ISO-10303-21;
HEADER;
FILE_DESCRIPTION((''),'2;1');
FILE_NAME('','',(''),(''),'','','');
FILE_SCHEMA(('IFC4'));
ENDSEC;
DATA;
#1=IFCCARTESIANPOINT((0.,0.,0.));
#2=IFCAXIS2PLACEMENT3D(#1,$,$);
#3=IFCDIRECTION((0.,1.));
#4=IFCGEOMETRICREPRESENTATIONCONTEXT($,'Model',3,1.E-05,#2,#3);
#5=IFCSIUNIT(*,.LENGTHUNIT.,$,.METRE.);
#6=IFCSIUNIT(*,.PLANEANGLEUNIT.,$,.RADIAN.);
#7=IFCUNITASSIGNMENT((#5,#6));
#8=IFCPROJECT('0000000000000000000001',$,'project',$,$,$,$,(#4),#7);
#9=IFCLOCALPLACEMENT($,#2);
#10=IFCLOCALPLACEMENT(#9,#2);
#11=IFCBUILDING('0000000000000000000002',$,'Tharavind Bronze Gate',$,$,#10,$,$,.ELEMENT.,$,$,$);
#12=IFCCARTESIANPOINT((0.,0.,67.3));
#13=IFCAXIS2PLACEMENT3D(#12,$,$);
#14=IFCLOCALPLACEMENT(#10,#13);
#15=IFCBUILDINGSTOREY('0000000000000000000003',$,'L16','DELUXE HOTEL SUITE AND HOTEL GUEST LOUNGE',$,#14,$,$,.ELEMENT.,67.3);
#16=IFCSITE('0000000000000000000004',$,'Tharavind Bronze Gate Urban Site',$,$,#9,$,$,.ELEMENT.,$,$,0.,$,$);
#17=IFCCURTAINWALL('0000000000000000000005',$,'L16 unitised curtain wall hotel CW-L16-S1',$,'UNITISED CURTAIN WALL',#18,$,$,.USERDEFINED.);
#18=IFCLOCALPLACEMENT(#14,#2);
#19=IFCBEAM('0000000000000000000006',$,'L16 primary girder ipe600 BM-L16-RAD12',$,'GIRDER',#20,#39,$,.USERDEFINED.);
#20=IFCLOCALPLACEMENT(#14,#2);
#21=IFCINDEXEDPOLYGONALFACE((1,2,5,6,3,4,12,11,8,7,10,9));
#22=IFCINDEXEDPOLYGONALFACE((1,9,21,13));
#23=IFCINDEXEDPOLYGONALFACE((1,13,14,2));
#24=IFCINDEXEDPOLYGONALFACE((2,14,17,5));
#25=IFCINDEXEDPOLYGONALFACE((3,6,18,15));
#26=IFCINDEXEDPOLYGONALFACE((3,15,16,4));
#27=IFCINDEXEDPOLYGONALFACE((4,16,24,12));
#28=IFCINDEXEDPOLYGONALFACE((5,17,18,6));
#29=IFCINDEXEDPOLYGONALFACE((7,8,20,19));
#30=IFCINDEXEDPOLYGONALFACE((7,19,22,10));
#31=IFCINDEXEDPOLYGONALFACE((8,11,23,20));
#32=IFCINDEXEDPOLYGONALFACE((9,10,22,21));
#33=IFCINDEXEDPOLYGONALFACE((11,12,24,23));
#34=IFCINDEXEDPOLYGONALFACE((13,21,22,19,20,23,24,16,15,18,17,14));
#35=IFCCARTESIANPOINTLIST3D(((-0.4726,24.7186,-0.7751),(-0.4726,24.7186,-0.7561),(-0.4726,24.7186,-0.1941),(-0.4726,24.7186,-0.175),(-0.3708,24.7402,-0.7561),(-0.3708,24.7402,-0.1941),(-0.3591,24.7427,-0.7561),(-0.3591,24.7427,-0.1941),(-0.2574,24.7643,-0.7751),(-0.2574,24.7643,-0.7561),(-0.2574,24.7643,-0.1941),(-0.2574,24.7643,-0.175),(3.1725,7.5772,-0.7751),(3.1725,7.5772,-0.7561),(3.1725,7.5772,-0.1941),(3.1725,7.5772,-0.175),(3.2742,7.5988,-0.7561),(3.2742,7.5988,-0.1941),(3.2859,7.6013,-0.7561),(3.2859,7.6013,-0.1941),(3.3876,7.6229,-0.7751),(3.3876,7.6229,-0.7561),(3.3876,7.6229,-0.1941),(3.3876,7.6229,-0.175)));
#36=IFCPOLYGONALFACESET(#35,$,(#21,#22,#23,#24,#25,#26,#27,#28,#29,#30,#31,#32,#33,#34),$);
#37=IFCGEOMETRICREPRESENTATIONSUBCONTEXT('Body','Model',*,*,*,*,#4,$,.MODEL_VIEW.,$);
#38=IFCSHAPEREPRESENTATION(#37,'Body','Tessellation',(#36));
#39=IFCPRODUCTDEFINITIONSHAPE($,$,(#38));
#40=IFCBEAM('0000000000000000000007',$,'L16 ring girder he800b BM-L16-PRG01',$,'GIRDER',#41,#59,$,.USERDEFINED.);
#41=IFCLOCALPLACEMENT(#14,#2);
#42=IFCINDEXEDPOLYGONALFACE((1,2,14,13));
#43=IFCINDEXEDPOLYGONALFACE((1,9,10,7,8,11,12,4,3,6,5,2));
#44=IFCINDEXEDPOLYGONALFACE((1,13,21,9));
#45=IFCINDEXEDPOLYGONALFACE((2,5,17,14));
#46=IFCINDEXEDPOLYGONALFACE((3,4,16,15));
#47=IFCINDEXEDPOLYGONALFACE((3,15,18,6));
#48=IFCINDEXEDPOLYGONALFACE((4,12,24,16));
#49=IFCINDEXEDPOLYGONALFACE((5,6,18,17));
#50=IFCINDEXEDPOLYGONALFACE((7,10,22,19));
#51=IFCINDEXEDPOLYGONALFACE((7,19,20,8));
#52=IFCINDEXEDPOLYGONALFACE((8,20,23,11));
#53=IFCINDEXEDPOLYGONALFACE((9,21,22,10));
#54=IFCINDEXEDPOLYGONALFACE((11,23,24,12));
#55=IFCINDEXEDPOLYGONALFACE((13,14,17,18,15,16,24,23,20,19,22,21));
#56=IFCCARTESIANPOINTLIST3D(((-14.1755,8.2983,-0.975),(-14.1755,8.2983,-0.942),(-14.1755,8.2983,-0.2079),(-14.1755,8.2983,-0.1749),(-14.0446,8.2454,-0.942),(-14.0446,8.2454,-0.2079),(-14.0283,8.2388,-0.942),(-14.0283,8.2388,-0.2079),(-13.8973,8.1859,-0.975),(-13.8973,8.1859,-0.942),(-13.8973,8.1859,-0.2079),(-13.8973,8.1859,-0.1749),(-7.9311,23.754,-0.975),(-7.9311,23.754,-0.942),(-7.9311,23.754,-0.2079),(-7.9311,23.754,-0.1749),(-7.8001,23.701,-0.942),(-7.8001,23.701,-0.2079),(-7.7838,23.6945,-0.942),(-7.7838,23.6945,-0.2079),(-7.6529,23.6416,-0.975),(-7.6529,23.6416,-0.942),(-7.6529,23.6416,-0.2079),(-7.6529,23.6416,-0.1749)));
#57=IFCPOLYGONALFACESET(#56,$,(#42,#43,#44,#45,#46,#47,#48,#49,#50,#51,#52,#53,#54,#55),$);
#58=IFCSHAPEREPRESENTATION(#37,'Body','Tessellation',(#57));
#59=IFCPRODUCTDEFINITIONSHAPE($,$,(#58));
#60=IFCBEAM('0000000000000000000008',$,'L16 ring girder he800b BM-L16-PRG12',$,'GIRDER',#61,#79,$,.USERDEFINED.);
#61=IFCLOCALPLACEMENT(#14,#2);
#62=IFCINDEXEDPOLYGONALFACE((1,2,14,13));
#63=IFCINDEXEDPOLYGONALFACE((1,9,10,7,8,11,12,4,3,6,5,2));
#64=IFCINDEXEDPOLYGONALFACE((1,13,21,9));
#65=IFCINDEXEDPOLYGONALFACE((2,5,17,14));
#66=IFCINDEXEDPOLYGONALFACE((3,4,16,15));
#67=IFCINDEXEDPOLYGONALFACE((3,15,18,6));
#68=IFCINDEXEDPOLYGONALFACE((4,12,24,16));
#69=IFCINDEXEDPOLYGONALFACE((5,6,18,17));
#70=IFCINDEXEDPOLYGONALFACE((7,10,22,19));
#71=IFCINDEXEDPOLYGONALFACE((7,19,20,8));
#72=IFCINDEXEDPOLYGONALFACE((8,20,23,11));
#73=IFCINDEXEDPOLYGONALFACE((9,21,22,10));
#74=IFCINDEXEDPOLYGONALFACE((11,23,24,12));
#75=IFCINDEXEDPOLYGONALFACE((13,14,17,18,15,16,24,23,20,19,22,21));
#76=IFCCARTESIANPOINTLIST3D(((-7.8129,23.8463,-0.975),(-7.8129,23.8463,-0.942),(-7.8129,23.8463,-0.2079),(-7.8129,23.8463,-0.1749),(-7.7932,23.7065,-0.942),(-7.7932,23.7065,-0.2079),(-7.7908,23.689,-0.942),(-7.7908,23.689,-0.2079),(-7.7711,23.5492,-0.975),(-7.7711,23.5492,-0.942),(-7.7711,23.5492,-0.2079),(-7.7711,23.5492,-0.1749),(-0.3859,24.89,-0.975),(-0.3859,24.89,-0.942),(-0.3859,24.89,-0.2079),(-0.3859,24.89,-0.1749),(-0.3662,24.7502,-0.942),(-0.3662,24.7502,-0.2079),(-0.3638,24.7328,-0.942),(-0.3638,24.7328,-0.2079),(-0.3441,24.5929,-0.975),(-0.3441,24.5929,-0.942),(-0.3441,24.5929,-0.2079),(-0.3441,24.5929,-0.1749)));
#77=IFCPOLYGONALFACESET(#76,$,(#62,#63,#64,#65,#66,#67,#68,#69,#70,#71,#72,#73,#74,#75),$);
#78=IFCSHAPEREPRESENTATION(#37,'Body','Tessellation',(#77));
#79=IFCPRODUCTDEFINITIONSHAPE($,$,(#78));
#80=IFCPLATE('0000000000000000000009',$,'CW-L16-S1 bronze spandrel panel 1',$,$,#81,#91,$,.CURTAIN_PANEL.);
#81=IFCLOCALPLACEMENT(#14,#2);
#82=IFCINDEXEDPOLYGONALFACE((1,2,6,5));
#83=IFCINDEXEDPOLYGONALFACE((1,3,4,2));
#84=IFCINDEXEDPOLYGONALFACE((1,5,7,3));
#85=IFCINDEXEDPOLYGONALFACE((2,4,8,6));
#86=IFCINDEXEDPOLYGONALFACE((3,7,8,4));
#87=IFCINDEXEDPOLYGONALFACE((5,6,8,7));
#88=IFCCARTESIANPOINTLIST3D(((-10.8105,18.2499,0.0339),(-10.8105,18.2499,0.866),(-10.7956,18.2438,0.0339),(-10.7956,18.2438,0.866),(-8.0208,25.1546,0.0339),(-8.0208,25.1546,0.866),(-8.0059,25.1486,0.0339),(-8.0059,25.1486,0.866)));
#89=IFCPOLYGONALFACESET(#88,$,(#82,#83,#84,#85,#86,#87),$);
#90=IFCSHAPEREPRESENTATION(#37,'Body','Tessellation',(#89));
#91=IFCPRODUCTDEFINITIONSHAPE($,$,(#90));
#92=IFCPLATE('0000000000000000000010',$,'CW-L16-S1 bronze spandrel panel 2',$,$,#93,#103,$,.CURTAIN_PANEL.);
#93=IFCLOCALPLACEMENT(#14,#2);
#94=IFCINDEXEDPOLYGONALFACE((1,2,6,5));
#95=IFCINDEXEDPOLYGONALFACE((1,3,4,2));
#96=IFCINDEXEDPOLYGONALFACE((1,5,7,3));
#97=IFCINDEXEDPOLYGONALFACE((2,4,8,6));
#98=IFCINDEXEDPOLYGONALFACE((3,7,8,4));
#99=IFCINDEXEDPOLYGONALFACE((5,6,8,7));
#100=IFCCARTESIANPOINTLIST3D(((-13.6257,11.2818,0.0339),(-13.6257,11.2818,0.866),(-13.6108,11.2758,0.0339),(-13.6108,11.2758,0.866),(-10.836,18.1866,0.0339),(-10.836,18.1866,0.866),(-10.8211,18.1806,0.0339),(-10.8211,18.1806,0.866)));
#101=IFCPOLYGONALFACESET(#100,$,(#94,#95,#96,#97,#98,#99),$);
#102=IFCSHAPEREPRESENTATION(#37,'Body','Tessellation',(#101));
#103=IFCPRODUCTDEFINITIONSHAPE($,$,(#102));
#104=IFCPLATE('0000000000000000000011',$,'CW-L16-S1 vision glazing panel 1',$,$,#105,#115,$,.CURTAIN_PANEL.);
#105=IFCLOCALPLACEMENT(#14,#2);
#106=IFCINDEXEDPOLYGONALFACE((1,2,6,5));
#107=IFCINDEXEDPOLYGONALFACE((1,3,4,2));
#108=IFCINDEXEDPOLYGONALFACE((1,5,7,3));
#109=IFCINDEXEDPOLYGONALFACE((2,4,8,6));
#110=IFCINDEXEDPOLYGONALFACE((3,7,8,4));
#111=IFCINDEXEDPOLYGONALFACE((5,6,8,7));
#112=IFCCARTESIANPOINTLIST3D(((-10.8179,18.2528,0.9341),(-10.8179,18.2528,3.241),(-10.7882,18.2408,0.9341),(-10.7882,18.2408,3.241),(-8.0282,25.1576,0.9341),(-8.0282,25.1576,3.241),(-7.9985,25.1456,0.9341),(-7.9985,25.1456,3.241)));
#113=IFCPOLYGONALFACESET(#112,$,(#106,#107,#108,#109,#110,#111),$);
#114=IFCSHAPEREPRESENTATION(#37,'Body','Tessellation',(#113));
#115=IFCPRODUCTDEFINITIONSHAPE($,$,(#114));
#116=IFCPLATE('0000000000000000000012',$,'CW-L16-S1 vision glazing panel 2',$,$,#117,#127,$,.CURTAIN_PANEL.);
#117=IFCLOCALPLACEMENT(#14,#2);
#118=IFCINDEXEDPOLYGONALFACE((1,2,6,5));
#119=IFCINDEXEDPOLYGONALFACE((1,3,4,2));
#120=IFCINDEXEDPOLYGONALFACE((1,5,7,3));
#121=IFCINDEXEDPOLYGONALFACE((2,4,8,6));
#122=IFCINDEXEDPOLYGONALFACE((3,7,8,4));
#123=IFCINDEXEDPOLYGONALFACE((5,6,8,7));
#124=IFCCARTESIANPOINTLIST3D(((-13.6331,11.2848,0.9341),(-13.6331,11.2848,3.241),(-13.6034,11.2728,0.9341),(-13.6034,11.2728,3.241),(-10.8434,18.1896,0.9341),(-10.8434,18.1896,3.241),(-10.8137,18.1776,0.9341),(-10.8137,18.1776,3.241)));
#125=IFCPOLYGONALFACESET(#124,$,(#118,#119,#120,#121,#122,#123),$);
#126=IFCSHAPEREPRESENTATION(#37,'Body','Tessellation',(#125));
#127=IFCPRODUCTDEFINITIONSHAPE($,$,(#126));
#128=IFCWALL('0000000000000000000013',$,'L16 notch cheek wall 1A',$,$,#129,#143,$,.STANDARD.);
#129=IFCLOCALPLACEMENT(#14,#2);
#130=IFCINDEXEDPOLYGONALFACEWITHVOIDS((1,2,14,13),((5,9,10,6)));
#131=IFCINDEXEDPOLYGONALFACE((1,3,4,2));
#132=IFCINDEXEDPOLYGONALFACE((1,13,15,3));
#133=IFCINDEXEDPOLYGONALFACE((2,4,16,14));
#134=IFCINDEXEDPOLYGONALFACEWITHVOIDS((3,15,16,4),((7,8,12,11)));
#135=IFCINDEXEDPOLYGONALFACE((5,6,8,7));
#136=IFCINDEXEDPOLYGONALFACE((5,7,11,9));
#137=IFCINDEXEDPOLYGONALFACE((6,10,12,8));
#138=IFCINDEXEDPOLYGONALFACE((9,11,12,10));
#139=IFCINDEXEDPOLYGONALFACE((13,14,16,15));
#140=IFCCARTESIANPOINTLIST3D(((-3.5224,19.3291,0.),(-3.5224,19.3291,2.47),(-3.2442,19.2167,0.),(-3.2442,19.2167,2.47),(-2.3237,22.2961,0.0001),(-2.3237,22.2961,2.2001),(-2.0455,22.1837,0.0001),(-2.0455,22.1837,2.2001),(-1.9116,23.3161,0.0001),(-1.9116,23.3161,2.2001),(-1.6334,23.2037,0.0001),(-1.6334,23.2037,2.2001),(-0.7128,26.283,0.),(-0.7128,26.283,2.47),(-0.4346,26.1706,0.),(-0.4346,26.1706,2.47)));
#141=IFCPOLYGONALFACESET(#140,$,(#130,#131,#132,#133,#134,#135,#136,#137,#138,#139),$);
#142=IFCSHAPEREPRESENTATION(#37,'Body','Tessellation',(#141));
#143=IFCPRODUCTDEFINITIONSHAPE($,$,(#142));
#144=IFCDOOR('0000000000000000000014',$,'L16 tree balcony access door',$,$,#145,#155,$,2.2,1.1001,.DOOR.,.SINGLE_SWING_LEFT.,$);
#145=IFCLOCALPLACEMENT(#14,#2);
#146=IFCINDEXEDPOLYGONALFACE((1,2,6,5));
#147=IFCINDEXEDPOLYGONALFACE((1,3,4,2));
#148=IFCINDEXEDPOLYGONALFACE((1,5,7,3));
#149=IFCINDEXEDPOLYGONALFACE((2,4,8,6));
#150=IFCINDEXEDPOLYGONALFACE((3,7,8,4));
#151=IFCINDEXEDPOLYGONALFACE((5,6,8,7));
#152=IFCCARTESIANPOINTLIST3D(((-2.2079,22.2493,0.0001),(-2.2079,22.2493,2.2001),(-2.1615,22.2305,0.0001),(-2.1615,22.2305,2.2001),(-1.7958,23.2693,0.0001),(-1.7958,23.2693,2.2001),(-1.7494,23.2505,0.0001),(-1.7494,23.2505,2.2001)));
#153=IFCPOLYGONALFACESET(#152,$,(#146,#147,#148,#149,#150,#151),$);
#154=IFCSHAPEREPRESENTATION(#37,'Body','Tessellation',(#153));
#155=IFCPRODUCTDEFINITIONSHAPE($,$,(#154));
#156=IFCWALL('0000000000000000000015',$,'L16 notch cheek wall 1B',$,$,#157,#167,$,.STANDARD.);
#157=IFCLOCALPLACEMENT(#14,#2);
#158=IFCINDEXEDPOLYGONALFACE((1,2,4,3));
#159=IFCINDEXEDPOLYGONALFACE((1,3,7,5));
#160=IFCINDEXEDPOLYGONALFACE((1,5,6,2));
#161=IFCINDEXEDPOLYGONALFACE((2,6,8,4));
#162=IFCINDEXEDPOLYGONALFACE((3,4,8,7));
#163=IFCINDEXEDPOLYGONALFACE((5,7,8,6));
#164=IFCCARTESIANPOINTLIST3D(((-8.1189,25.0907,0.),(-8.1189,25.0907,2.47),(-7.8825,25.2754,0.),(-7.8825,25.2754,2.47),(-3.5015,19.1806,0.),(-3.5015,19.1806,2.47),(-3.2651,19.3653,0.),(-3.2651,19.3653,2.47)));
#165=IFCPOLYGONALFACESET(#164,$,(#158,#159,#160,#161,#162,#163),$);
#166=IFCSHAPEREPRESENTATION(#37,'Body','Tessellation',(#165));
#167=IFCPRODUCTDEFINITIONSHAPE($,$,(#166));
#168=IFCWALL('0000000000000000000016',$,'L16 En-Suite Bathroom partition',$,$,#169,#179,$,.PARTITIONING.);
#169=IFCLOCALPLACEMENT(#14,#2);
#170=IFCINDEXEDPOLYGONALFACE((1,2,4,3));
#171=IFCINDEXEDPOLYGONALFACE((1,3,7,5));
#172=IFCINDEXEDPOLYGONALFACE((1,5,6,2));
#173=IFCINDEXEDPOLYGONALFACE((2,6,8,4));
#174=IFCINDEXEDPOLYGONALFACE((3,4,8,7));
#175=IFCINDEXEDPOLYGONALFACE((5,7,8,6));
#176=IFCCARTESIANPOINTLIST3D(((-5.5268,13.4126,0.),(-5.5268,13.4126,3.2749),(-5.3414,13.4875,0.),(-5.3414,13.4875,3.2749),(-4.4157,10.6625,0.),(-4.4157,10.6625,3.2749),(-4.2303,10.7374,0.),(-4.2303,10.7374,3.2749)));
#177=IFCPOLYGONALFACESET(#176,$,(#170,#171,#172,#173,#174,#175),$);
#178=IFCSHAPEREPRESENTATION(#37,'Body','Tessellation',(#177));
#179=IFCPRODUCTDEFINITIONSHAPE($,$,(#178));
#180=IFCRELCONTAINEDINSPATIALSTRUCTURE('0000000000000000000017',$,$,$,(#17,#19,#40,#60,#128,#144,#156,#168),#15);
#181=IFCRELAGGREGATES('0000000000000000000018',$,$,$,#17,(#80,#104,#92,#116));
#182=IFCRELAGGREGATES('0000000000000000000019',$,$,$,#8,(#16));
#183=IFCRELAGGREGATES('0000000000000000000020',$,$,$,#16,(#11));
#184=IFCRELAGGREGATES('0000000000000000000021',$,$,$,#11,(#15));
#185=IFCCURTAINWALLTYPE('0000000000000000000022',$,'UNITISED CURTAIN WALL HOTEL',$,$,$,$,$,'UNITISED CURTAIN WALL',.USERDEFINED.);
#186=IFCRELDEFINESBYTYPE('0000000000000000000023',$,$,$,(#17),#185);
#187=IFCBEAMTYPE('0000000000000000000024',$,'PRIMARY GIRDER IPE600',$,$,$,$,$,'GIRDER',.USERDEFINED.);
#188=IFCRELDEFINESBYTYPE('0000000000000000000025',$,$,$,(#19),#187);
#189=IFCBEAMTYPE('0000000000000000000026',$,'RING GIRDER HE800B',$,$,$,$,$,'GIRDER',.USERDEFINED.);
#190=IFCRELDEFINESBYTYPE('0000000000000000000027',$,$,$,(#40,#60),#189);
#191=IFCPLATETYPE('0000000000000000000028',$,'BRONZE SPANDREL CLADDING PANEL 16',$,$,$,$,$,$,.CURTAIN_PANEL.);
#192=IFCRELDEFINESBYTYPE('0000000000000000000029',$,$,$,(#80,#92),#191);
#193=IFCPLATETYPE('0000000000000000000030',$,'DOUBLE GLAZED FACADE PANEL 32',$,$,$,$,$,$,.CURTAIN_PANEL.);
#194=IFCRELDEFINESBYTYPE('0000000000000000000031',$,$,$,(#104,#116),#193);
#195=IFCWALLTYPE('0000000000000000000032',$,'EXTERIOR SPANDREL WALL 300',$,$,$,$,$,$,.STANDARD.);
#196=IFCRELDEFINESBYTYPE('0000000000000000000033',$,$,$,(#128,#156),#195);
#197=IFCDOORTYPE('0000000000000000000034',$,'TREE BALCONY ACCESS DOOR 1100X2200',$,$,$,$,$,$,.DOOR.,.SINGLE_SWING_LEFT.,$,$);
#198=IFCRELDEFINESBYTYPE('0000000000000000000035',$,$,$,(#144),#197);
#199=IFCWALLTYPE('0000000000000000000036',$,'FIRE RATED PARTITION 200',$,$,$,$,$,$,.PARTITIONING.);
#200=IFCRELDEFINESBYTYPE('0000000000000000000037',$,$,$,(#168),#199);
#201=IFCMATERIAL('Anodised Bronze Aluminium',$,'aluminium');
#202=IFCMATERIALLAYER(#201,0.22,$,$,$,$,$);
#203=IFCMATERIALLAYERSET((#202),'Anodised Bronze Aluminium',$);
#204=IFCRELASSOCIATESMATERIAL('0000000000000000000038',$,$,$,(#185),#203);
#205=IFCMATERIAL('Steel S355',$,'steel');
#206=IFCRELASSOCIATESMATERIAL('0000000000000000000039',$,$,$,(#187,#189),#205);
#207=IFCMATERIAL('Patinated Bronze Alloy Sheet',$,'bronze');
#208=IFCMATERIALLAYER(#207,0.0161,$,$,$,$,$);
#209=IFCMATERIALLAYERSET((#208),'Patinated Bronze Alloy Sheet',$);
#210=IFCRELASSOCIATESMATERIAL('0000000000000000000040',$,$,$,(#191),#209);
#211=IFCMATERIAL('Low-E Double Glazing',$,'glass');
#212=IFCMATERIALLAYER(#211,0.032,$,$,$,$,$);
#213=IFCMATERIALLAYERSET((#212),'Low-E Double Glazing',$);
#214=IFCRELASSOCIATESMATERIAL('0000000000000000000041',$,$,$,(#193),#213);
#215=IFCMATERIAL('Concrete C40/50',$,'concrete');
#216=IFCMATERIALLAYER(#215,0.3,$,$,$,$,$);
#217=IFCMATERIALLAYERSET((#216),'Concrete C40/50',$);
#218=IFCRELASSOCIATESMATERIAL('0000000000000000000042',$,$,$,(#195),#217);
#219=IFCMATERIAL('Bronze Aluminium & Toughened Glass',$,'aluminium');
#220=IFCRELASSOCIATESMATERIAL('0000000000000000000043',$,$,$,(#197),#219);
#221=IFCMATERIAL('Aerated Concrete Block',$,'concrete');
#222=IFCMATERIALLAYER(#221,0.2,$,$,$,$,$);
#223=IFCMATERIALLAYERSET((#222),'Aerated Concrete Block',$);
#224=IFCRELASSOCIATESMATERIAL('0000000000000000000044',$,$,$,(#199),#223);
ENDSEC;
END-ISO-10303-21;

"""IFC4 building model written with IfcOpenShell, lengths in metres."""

from ifc_helpers import new_model, si_unit, direction, frame, frame_2d, origin, origin_2d, place, context, subcontext, project, spatial, rectangle, i_section, extrude, material, layer, layer_set, material_profile, profile_set, type_object, element, fill, aggregate, save


model = new_model("IFC4")

# Units and contexts
model_context = context("Model", 3, precision=1e-05, world=origin(), true_north=direction((0.0, 1.0)))
body_context = subcontext(model_context, "Body", "Model", "MODEL_VIEW")
ifc_project = project(units=[si_unit("LENGTHUNIT", "METRE"), si_unit("PLANEANGLEUNIT", "RADIAN")], contexts=[model_context])

# Site, building, storey
site_placement = place(None, origin())
site = spatial("IfcSite", under=ifc_project, at=site_placement, Name="Tharavind Bronze Gate Urban Site", CompositionType="ELEMENT", RefElevation=0.0)
building_placement = place(site_placement, origin())
building = spatial("IfcBuilding", under=site, at=building_placement, Name="Tharavind Bronze Gate", CompositionType="ELEMENT")
storey_placement = place(building_placement, frame((0.0, 0.0, 67.3)))
storey = spatial("IfcBuildingStorey", under=building, at=storey_placement, Name="L16", Description="DELUXE HOTEL SUITE AND HOTEL GUEST LOUNGE", CompositionType="ELEMENT", Elevation=67.3)

# Curtain wall
ifc_material_1 = material(Name="Anodised Bronze Aluminium", Category="aluminium")
ifc_layer_1 = layer(ifc_material_1, 0.22)
ifc_layer_set_1 = layer_set([ifc_layer_1], Name="Anodised Bronze Aluminium")
curtain_wall_type = type_object("IfcCurtainWallType", Name="UNITISED CURTAIN WALL HOTEL", ElementType="UNITISED CURTAIN WALL", PredefinedType="USERDEFINED", material=ifc_layer_set_1)
curtain_wall_1_placement = place(storey_placement, origin())
curtain_wall_1 = element("IfcCurtainWall", 1, at=curtain_wall_1_placement, inside=storey, type_object=curtain_wall_type, Name="L16 unitised curtain wall hotel CW-L16-S1", ObjectType="UNITISED CURTAIN WALL", PredefinedType="USERDEFINED")

# Beams
ifc_material_2 = material(Name="Steel S355", Category="steel")
ifc_material_profile_1 = material_profile(ifc_material_2, i_section(OverallWidth=0.22, OverallDepth=0.6001, WebThickness=0.012, FlangeThickness=0.019, at=origin_2d()), Name="IPE600")
ifc_profile_set_1 = profile_set([ifc_material_profile_1], Name="Steel S355")
beam_type_1 = type_object("IfcBeamType", Name="PRIMARY GIRDER IPE600", ElementType="GIRDER", PredefinedType="USERDEFINED", material=ifc_profile_set_1)
beam_1_placement = place(storey_placement, frame((-0.365, 24.7415, -0.4751), z_axis=(0.207994, -0.97813, 0.0), x_axis=(0.97813, 0.207994, 0.0)))
element("IfcBeam", 2, at=beam_1_placement, inside=storey, type_object=beam_type_1, Name="L16 primary girder ipe600 BM-L16-RAD12", ObjectType="GIRDER", PredefinedType="USERDEFINED", context=body_context, shape_type="SweptSolid", body=[
    extrude(i_section(OverallWidth=0.22, OverallDepth=0.6001, WebThickness=0.012, FlangeThickness=0.019, at=origin_2d()), origin(), (0.0, 0.0, 1.0), 17.5247),
])
ifc_material_profile_2 = material_profile(ifc_material_2, i_section(OverallWidth=0.3, OverallDepth=0.8, WebThickness=0.0176, FlangeThickness=0.033, at=origin_2d()), Name="HE800B")
ifc_profile_set_2 = profile_set([ifc_material_profile_2], Name="Steel S355")
beam_type_2 = type_object("IfcBeamType", Name="RING GIRDER HE800B", ElementType="GIRDER", PredefinedType="USERDEFINED", material=ifc_profile_set_2)
beam_2_placement = place(storey_placement, frame((-7.792, 23.6978, -0.575), z_axis=(-0.374603, -0.927185, 0.0), x_axis=(0.927185, -0.374603, 0.0)))
element("IfcBeam", 3, at=beam_2_placement, inside=storey, type_object=beam_type_2, Name="L16 ring girder he800b BM-L16-PRG01", ObjectType="GIRDER", PredefinedType="USERDEFINED", context=body_context, shape_type="SweptSolid", body=[
    extrude(i_section(OverallWidth=0.3, OverallDepth=0.8, WebThickness=0.0176, FlangeThickness=0.033, at=origin_2d()), origin(), (0.0, 0.0, 1.0), 16.6694),
])
beam_3_placement = place(storey_placement, frame((-0.365, 24.7415, -0.575), z_axis=(-0.99027, -0.139161, 0.0), x_axis=(0.139161, -0.99027, 0.0)))
element("IfcBeam", 4, at=beam_3_placement, inside=storey, type_object=beam_type_2, Name="L16 ring girder he800b BM-L16-PRG12", ObjectType="GIRDER", PredefinedType="USERDEFINED", context=body_context, shape_type="SweptSolid", body=[
    extrude(i_section(OverallWidth=0.3, OverallDepth=0.8, WebThickness=0.0176, FlangeThickness=0.033, at=origin_2d()), origin(), (0.0, 0.0, 1.0), 7.5),
])

# Plates
ifc_material_3 = material(Name="Patinated Bronze Alloy Sheet", Category="bronze")
ifc_layer_2 = layer(ifc_material_3, 0.0161)
ifc_layer_set_2 = layer_set([ifc_layer_2], Name="Patinated Bronze Alloy Sheet")
plate_type_1 = type_object("IfcPlateType", Name="BRONZE SPANDREL CLADDING PANEL 16", PredefinedType="CURTAIN_PANEL", material=ifc_layer_set_2)
plate_1_placement = place(storey_placement, frame((-9.4082, 21.6992, 0.0339), z_axis=(0.0, 0.0, 1.0), x_axis=(-0.374607, -0.927184, 0.0)))
plate_1 = element("IfcPlate", 5, at=plate_1_placement, type_object=plate_type_1, Name="CW-L16-S1 bronze spandrel panel 1", PredefinedType="CURTAIN_PANEL", context=body_context, shape_type="SweptSolid", body=[
    extrude(rectangle(XDim=7.447, YDim=0.0161, at=origin_2d()), origin(), (0.0, 0.0, 1.0), 0.832),
])
plate_2_placement = place(storey_placement, frame((-12.2234, 14.7312, 0.0339), z_axis=(0.0, 0.0, 1.0), x_axis=(-0.374607, -0.927184, 0.0)))
plate_2 = element("IfcPlate", 6, at=plate_2_placement, type_object=plate_type_1, Name="CW-L16-S1 bronze spandrel panel 2", PredefinedType="CURTAIN_PANEL", context=body_context, shape_type="SweptSolid", body=[
    extrude(rectangle(XDim=7.447, YDim=0.0161, at=origin_2d()), origin(), (0.0, 0.0, 1.0), 0.832),
])
ifc_material_4 = material(Name="Low-E Double Glazing", Category="glass")
ifc_layer_3 = layer(ifc_material_4, 0.032)
ifc_layer_set_3 = layer_set([ifc_layer_3], Name="Low-E Double Glazing")
plate_type_2 = type_object("IfcPlateType", Name="DOUBLE GLAZED FACADE PANEL 32", PredefinedType="CURTAIN_PANEL", material=ifc_layer_set_3)
plate_3_placement = place(storey_placement, frame((-9.4082, 21.6992, 0.9341), z_axis=(0.0, 0.0, 1.0), x_axis=(-0.374607, -0.927184, 0.0)))
plate_3 = element("IfcPlate", 7, at=plate_3_placement, type_object=plate_type_2, Name="CW-L16-S1 vision glazing panel 1", PredefinedType="CURTAIN_PANEL", context=body_context, shape_type="SweptSolid", body=[
    extrude(rectangle(XDim=7.447, YDim=0.032, at=origin_2d()), origin(), (0.0, 0.0, 1.0), 2.3069),
])
plate_4_placement = place(storey_placement, frame((-12.2234, 14.7312, 0.9341), z_axis=(0.0, 0.0, 1.0), x_axis=(-0.374607, -0.927184, 0.0)))
plate_4 = element("IfcPlate", 8, at=plate_4_placement, type_object=plate_type_2, Name="CW-L16-S1 vision glazing panel 2", PredefinedType="CURTAIN_PANEL", context=body_context, shape_type="SweptSolid", body=[
    extrude(rectangle(XDim=7.447, YDim=0.032, at=origin_2d()), origin(), (0.0, 0.0, 1.0), 2.3069),
])
aggregate(curtain_wall_1, [plate_1, plate_3, plate_2, plate_4])

# Wall, opening, door
ifc_material_5 = material(Name="Concrete C40/50", Category="concrete")
ifc_layer_4 = layer(ifc_material_5, 0.3)
ifc_layer_set_4 = layer_set([ifc_layer_4], Name="Concrete C40/50")
wall_type_1 = type_object("IfcWallType", Name="EXTERIOR SPANDREL WALL 300", PredefinedType="STANDARD", material=ifc_layer_set_4)
wall_1_placement = place(storey_placement, frame((-0.5737, 26.2268, 0.0), z_axis=(0.0, 0.0, 1.0), x_axis=(-0.37461, -0.927182, 0.0)))
wall_1 = element("IfcWall", 9, at=wall_1_placement, inside=storey, type_object=wall_type_1, Name="L16 notch cheek wall 1A", PredefinedType="STANDARD", context=body_context, shape_type="SweptSolid", body=[
    extrude(rectangle(XDim=7.5, YDim=0.3, at=frame_2d((3.75, 0.0))), origin(), (0.0, 0.0, 1.0), 2.47),
])
opening_placement = place(wall_1_placement, frame((3.2, 0.0, 0.0)))
opening = element("IfcOpeningElement", 10, at=opening_placement, cuts=wall_1, PredefinedType="OPENING", context=body_context, shape_type="SweptSolid", body=[
    extrude(rectangle(XDim=1.1001, YDim=2.2, at=frame_2d((0.55, 1.1001))), frame((0.0, 0.1599, 0.0), z_axis=(0.0, -1.0, 0.0), x_axis=(1.0, 0.0, 0.0)), (0.0, 0.0, 1.0), 0.32),
])
ifc_material_6 = material(Name="Bronze Aluminium & Toughened Glass", Category="aluminium")
door_type = type_object("IfcDoorType", Name="TREE BALCONY ACCESS DOOR 1100X2200", OperationType="SINGLE_SWING_LEFT", PredefinedType="DOOR", material=ifc_material_6)
door_placement = place(opening_placement, origin())
door = element("IfcDoor", 11, at=door_placement, inside=storey, type_object=door_type, Name="L16 tree balcony access door", OperationType="SINGLE_SWING_LEFT", OverallHeight=2.2, OverallWidth=1.1001, PredefinedType="DOOR", context=body_context, shape_type="SweptSolid", body=[
    extrude(rectangle(XDim=1.1001, YDim=2.2, at=frame_2d((0.55, 1.1001))), frame((0.0, 0.0249, 0.0), z_axis=(0.0, -1.0, 0.0), x_axis=(1.0, 0.0, 0.0)), (0.0, 0.0, 1.0), 0.05),
])
fill(opening, door)

# Walls
wall_2_placement = place(storey_placement, frame((-3.3833, 19.2729, 0.0), z_axis=(0.0, 0.0, 1.0), x_axis=(-0.615654, 0.788016, 0.0)))
element("IfcWall", 12, at=wall_2_placement, inside=storey, type_object=wall_type_1, Name="L16 notch cheek wall 1B", PredefinedType="STANDARD", context=body_context, shape_type="SweptSolid", body=[
    extrude(rectangle(XDim=7.5, YDim=0.3, at=frame_2d((3.75, 0.0))), origin(), (0.0, 0.0, 1.0), 2.47),
])
ifc_material_7 = material(Name="Aerated Concrete Block", Category="concrete")
ifc_layer_5 = layer(ifc_material_7, 0.2)
ifc_layer_set_5 = layer_set([ifc_layer_5], Name="Aerated Concrete Block")
wall_type_2 = type_object("IfcWallType", Name="FIRE RATED PARTITION 200", PredefinedType="PARTITIONING", material=ifc_layer_set_5)
wall_3_placement = place(storey_placement, frame((-5.4341, 13.45, 0.0), z_axis=(0.0, 0.0, 1.0), x_axis=(0.37461, -0.927182, 0.0)))
element("IfcWall", 13, at=wall_3_placement, inside=storey, type_object=wall_type_2, Name="L16 En-Suite Bathroom partition", PredefinedType="PARTITIONING", context=body_context, shape_type="SweptSolid", body=[
    extrude(rectangle(XDim=2.9661, YDim=0.2, at=frame_2d((1.4829, 0.0))), origin(), (0.0, 0.0, 1.0), 3.2749),
])

save(model, "model.ifc")
